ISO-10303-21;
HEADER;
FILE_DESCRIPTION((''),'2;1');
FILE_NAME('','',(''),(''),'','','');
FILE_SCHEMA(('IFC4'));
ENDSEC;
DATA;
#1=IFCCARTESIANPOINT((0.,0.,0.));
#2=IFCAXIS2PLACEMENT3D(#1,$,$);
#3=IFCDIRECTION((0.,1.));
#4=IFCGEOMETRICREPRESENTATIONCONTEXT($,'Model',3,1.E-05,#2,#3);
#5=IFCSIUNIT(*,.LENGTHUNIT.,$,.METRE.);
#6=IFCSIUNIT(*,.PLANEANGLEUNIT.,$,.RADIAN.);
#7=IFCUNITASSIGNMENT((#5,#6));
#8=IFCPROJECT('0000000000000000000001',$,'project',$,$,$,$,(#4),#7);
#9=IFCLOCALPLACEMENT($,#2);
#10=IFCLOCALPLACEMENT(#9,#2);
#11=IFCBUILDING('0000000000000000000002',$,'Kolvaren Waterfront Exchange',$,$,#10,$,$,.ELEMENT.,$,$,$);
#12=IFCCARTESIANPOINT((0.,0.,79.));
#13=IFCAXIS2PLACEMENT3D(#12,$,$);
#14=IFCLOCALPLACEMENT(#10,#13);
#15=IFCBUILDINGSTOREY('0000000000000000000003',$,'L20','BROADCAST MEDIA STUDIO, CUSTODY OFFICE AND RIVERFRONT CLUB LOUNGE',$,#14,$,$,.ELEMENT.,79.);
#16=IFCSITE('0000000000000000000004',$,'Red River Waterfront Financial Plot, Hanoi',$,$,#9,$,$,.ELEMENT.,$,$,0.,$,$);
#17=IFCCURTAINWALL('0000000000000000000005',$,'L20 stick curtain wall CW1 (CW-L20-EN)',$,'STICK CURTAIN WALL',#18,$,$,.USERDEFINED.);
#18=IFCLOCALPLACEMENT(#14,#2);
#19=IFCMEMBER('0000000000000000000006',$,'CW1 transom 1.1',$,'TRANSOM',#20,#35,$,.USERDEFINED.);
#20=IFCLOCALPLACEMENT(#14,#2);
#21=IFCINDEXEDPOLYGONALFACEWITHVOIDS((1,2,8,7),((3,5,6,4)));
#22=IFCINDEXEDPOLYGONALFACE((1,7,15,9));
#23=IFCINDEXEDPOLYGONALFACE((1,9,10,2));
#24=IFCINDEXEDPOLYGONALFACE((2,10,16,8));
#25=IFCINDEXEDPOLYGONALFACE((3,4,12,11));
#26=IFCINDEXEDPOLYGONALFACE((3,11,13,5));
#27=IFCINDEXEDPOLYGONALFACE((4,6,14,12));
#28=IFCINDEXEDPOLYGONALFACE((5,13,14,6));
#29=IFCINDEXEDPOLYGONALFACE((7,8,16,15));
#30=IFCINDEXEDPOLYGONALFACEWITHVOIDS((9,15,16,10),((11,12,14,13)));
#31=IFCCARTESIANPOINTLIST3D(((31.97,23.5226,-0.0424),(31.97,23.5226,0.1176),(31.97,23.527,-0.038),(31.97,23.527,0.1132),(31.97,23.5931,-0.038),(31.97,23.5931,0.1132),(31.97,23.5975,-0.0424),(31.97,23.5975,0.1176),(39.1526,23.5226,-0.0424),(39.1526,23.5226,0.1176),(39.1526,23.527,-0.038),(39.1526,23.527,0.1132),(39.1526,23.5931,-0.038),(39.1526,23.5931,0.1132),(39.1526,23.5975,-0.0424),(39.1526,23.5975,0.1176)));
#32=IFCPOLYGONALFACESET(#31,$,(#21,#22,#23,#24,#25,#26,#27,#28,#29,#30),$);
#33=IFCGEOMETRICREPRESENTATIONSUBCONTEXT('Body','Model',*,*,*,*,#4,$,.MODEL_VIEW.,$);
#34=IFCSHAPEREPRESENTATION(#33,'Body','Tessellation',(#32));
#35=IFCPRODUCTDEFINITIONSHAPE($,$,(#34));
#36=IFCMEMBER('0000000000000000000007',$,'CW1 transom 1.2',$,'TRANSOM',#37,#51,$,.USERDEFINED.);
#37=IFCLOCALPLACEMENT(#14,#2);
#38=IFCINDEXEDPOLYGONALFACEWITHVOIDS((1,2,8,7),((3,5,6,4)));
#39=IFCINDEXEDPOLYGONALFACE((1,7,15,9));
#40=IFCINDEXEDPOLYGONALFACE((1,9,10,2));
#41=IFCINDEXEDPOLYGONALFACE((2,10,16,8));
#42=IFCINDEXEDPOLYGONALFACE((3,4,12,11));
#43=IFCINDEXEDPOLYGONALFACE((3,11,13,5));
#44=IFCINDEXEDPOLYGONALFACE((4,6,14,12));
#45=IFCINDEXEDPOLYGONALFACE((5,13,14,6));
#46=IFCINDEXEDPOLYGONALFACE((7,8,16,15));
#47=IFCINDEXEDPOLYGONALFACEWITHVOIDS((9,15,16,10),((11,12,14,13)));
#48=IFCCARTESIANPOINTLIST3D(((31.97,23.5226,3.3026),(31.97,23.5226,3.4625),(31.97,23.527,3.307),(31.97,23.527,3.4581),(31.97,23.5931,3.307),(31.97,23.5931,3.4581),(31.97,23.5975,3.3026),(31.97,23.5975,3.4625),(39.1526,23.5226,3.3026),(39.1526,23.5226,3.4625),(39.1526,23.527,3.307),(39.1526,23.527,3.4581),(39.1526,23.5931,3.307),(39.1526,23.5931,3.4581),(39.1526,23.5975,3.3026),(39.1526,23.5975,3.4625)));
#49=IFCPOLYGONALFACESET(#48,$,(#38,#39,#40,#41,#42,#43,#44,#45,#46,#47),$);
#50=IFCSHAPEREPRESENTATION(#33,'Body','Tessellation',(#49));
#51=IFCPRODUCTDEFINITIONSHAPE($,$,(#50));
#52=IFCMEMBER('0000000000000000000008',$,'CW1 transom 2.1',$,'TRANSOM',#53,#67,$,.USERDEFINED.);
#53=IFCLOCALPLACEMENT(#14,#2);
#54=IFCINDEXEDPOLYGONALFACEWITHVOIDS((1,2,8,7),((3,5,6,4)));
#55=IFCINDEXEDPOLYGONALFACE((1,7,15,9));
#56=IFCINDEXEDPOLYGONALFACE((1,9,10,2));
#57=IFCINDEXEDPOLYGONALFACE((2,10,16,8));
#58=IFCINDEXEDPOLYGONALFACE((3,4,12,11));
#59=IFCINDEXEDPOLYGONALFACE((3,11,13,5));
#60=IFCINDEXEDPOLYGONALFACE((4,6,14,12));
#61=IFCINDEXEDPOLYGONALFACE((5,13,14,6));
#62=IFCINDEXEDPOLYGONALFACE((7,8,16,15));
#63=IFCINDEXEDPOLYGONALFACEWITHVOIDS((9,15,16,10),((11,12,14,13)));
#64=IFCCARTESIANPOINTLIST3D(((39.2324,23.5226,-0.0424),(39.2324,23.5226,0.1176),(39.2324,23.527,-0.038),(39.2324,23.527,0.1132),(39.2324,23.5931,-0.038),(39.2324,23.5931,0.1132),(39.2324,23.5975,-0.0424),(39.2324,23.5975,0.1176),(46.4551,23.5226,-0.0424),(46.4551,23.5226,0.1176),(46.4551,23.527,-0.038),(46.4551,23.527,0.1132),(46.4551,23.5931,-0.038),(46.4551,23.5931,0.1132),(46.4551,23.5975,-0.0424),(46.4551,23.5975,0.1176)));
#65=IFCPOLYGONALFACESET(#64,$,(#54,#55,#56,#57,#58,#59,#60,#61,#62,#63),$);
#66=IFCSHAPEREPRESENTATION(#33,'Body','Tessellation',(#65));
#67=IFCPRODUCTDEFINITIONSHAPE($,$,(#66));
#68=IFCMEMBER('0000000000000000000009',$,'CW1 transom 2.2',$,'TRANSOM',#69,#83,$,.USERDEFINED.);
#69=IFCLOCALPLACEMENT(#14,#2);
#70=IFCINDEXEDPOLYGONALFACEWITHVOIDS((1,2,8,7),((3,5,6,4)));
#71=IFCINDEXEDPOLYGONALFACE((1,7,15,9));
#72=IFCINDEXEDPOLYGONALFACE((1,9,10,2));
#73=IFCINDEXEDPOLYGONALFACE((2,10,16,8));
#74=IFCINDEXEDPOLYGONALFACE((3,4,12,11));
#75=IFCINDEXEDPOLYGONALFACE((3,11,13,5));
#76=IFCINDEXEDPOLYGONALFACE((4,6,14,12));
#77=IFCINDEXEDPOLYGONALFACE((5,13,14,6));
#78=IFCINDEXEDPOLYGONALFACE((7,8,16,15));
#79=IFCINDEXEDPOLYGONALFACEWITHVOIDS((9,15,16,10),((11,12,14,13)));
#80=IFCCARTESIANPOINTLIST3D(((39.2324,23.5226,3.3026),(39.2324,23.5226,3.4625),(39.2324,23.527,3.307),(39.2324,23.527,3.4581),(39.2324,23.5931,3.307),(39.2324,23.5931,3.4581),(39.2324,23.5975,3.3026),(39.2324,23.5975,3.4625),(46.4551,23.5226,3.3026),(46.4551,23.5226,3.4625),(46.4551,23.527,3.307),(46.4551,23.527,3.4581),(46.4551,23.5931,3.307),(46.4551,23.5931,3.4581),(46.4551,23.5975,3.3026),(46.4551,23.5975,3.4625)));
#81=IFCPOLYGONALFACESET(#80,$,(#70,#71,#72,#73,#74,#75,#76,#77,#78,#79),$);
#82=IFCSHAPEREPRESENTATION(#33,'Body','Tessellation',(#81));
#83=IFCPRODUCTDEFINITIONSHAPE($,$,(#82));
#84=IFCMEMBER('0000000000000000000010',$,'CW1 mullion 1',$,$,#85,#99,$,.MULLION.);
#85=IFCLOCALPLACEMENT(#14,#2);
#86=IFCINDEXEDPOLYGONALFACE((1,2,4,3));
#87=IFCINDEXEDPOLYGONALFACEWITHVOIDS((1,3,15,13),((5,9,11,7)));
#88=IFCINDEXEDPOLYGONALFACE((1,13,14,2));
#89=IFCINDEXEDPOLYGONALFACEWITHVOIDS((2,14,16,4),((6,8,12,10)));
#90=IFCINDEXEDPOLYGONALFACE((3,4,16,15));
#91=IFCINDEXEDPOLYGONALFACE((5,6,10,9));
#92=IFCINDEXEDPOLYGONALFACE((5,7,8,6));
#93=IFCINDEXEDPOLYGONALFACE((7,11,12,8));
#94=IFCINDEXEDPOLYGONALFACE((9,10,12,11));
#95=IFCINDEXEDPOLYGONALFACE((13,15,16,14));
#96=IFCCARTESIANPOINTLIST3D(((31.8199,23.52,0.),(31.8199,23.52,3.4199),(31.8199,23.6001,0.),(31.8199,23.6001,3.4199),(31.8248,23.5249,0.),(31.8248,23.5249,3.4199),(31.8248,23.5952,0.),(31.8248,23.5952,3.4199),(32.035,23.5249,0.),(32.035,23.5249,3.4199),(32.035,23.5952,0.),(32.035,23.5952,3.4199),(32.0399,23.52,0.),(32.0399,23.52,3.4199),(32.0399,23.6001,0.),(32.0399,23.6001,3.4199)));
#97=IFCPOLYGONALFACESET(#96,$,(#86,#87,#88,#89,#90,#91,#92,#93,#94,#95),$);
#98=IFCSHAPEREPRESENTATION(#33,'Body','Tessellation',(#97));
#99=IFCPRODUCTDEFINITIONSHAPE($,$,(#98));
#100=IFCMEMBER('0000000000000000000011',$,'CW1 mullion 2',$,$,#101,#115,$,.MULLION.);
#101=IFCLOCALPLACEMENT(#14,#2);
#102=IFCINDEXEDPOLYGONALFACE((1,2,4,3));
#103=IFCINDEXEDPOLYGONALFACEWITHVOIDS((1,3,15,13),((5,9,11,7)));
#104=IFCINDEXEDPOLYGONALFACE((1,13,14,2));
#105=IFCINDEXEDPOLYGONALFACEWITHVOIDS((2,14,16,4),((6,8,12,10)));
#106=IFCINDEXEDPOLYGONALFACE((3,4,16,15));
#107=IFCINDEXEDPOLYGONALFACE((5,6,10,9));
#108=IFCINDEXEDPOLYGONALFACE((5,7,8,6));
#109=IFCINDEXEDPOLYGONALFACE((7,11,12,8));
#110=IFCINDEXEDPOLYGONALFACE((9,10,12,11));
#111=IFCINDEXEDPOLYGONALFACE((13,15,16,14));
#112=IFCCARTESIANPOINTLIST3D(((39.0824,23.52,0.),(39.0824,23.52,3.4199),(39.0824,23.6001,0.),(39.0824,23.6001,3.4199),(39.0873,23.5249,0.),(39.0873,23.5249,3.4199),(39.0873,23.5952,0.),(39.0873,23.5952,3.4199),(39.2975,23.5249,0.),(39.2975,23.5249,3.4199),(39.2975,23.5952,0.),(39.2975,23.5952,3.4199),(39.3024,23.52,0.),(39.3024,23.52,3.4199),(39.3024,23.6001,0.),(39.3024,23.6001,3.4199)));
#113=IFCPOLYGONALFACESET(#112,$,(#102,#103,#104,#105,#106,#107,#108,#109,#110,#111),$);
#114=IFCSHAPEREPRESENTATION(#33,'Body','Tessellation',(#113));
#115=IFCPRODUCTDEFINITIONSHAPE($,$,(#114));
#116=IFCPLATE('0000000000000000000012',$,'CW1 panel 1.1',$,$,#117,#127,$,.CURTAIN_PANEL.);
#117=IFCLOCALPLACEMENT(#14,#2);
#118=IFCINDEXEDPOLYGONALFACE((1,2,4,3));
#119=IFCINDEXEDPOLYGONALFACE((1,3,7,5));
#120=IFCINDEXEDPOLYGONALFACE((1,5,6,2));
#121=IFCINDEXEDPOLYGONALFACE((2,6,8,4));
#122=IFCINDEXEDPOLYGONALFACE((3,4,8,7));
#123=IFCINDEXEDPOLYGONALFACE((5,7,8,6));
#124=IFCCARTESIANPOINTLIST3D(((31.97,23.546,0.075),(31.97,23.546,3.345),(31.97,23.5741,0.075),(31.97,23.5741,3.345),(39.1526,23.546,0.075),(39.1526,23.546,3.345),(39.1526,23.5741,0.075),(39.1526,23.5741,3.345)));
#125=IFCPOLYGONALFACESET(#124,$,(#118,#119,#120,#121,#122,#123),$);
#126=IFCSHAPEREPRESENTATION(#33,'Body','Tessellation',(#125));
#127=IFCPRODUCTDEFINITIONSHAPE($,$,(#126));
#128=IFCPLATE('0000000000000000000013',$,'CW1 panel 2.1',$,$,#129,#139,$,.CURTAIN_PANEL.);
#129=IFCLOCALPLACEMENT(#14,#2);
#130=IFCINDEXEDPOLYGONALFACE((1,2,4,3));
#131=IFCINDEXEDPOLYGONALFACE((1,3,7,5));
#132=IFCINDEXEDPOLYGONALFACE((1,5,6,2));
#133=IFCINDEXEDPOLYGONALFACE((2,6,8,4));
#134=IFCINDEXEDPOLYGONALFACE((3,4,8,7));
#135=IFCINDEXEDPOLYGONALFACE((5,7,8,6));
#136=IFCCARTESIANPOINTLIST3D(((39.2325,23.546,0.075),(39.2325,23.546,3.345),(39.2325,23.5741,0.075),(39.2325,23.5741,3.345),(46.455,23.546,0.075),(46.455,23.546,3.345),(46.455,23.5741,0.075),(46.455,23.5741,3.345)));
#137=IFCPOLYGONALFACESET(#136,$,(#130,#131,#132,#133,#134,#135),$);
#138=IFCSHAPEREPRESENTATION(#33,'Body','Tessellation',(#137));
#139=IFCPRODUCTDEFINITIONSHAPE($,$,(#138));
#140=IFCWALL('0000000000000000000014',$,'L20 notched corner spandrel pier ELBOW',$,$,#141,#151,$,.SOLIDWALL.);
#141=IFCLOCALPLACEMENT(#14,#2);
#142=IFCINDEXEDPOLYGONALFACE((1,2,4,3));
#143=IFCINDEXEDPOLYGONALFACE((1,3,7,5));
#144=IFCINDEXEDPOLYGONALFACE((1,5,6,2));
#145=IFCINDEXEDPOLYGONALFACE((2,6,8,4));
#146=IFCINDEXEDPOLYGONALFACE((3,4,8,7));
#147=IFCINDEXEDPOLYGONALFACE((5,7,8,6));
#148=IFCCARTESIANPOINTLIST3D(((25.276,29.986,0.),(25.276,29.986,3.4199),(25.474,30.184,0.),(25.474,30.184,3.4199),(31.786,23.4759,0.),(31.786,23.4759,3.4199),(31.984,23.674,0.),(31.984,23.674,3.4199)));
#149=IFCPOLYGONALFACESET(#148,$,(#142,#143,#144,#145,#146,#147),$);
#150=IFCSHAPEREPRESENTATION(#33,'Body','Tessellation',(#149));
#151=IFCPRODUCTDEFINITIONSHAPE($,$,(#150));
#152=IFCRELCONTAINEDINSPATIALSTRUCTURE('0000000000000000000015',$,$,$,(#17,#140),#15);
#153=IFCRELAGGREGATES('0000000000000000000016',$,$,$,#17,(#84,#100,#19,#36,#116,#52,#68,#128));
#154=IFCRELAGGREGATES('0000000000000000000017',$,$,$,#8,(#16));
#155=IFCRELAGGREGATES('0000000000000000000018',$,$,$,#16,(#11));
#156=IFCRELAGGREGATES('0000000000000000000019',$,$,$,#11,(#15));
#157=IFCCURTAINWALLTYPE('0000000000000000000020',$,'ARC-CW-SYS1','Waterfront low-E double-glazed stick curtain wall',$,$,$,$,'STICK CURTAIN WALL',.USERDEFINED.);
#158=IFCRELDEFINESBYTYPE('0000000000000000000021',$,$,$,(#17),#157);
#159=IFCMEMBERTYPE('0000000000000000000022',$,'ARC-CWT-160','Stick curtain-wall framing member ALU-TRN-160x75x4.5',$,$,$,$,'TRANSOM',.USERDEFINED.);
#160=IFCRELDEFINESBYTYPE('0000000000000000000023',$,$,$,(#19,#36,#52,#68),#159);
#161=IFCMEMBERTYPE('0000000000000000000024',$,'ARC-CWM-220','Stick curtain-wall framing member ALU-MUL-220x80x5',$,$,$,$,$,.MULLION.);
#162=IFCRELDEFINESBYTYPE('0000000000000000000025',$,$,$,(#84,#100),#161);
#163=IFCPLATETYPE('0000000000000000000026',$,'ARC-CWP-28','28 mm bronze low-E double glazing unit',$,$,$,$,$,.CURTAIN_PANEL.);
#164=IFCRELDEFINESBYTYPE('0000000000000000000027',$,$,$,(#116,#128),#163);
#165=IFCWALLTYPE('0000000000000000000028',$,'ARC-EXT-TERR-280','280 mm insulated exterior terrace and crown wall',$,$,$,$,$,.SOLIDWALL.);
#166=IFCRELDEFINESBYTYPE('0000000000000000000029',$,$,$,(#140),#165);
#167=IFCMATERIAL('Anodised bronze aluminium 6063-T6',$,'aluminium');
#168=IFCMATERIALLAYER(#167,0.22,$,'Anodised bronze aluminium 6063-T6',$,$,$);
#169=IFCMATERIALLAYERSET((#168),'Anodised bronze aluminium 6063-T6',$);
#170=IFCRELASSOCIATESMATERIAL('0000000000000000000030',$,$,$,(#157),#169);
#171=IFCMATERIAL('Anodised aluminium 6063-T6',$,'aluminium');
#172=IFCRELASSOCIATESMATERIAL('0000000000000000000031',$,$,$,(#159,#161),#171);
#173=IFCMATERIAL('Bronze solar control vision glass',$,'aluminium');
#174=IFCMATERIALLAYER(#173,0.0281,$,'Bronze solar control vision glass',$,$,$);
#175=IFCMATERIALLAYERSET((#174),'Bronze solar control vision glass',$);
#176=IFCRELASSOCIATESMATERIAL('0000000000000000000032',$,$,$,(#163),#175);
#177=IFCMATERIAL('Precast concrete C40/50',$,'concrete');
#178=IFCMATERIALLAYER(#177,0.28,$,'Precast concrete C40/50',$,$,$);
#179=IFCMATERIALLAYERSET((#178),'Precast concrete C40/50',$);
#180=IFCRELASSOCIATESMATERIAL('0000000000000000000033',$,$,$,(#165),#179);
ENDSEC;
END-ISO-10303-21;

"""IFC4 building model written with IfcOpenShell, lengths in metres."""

from ifc_helpers import new_model, si_unit, direction, frame, frame_2d, origin, origin_with_axes, origin_2d, place, context, subcontext, project, spatial, rectangle, hollow_rectangle, extrude, source, transform, mapped, material, layer, layer_set, material_profile, profile_set, type_object, element, aggregate, save


model = new_model("IFC4")

# Units and contexts
model_context = context("Model", 3, precision=1e-05, world=origin(), true_north=direction((0.0, 1.0)))
body_context = subcontext(model_context, "Body", "Model", "MODEL_VIEW")
ifc_project = project(units=[si_unit("LENGTHUNIT", "METRE"), si_unit("PLANEANGLEUNIT", "RADIAN")], contexts=[model_context])

# Site, building, storey
site_placement = place(None, origin())
site = spatial("IfcSite", under=ifc_project, at=site_placement, Name="Red River Waterfront Financial Plot, Hanoi", CompositionType="ELEMENT", RefElevation=0.0)
building_placement = place(site_placement, origin())
building = spatial("IfcBuilding", under=site, at=building_placement, Name="Kolvaren Waterfront Exchange", CompositionType="ELEMENT")
storey_placement = place(building_placement, frame((0.0, 0.0, 79.0)))
storey = spatial("IfcBuildingStorey", under=building, at=storey_placement, Name="L20", Description="BROADCAST MEDIA STUDIO, CUSTODY OFFICE AND RIVERFRONT CLUB LOUNGE", CompositionType="ELEMENT", Elevation=79.0)

# Curtain wall, members, plates
ifc_material_1 = material(Name="Anodised bronze aluminium 6063-T6", Category="aluminium")
ifc_layer_1 = layer(ifc_material_1, 0.22, Name="Anodised bronze aluminium 6063-T6")
ifc_layer_set_1 = layer_set([ifc_layer_1], Name="Anodised bronze aluminium 6063-T6")
curtain_wall_type = type_object("IfcCurtainWallType", Name="ARC-CW-SYS1", Description="Waterfront low-E double-glazed stick curtain wall", ElementType="STICK CURTAIN WALL", PredefinedType="USERDEFINED", material=ifc_layer_set_1)
curtain_wall_placement = place(storey_placement, origin())
curtain_wall = element("IfcCurtainWall", 1, at=curtain_wall_placement, inside=storey, type_object=curtain_wall_type, Name="L20 stick curtain wall CW1 (CW-L20-EN)", ObjectType="STICK CURTAIN WALL", PredefinedType="USERDEFINED")
ifc_material_2 = material(Name="Anodised aluminium 6063-T6", Category="aluminium")
ifc_material_profile_1 = material_profile(ifc_material_2, hollow_rectangle(XDim=0.075, YDim=0.1599, WallThickness=0.0044, at=origin_2d()), Name="ALU-TRN-160x75x4.5")
ifc_profile_set_1 = profile_set([ifc_material_profile_1], Name="Anodised aluminium 6063-T6")
member_type_1 = type_object("IfcMemberType", Name="ARC-CWT-160", Description="Stick curtain-wall framing member ALU-TRN-160x75x4.5", ElementType="TRANSOM", PredefinedType="USERDEFINED", material=ifc_profile_set_1)
shared_shape_1 = source(origin_with_axes(), body_context, "Body", "SweptSolid", [
    extrude(hollow_rectangle(XDim=0.075, YDim=0.1599, WallThickness=0.0044, at=origin_2d()), origin(), (0.0, 0.0, 1.0), 7.1826),
])
member_1_placement = place(storey_placement, frame((31.97, 23.5601, 0.0376), z_axis=(1.0, 0.0, 0.0), x_axis=(0.0, 1.0, 0.0)))
member_1 = element("IfcMember", 2, at=member_1_placement, type_object=member_type_1, Name="CW1 transom 1.1", ObjectType="TRANSOM", PredefinedType="USERDEFINED", context=body_context, shape_type="MappedRepresentation", body=[
    mapped(shared_shape_1, transform((0.0, 0.0, 0.0), x_axis=(1.0, 0.0, 0.0), y_axis=(0.0, 1.0, 0.0), z_axis=(0.0, 0.0, 1.0), scale=1.0)),
])
member_2_placement = place(storey_placement, frame((31.97, 23.5601, 3.3826), z_axis=(1.0, 0.0, 0.0), x_axis=(0.0, 1.0, 0.0)))
member_2 = element("IfcMember", 3, at=member_2_placement, type_object=member_type_1, Name="CW1 transom 1.2", ObjectType="TRANSOM", PredefinedType="USERDEFINED", context=body_context, shape_type="MappedRepresentation", body=[
    mapped(shared_shape_1, transform((0.0, 0.0, 0.0), x_axis=(1.0, 0.0, 0.0), y_axis=(0.0, 1.0, 0.0), z_axis=(0.0, 0.0, 1.0), scale=1.0)),
])
shared_shape_2 = source(origin_with_axes(), body_context, "Body", "SweptSolid", [
    extrude(hollow_rectangle(XDim=0.075, YDim=0.1599, WallThickness=0.0044, at=origin_2d()), origin(), (0.0, 0.0, 1.0), 7.2227),
])
member_3_placement = place(storey_placement, frame((39.2324, 23.5601, 0.0376), z_axis=(1.0, 0.0, 0.0), x_axis=(0.0, 1.0, 0.0)))
member_3 = element("IfcMember", 4, at=member_3_placement, type_object=member_type_1, Name="CW1 transom 2.1", ObjectType="TRANSOM", PredefinedType="USERDEFINED", context=body_context, shape_type="MappedRepresentation", body=[
    mapped(shared_shape_2, transform((0.0, 0.0, 0.0), x_axis=(1.0, 0.0, 0.0), y_axis=(0.0, 1.0, 0.0), z_axis=(0.0, 0.0, 1.0), scale=1.0)),
])
member_4_placement = place(storey_placement, frame((39.2324, 23.5601, 3.3826), z_axis=(1.0, 0.0, 0.0), x_axis=(0.0, 1.0, 0.0)))
member_4 = element("IfcMember", 5, at=member_4_placement, type_object=member_type_1, Name="CW1 transom 2.2", ObjectType="TRANSOM", PredefinedType="USERDEFINED", context=body_context, shape_type="MappedRepresentation", body=[
    mapped(shared_shape_2, transform((0.0, 0.0, 0.0), x_axis=(1.0, 0.0, 0.0), y_axis=(0.0, 1.0, 0.0), z_axis=(0.0, 0.0, 1.0), scale=1.0)),
])
ifc_material_profile_2 = material_profile(ifc_material_2, hollow_rectangle(XDim=0.0801, YDim=0.22, WallThickness=0.0049, at=origin_2d()), Name="ALU-MUL-220x80x5")
ifc_profile_set_2 = profile_set([ifc_material_profile_2], Name="Anodised aluminium 6063-T6")
member_type_2 = type_object("IfcMemberType", Name="ARC-CWM-220", Description="Stick curtain-wall framing member ALU-MUL-220x80x5", PredefinedType="MULLION", material=ifc_profile_set_2)
shared_shape_3 = source(origin_with_axes(), body_context, "Body", "SweptSolid", [
    extrude(hollow_rectangle(XDim=0.0801, YDim=0.22, WallThickness=0.0049, at=origin_2d()), origin(), (0.0, 0.0, 1.0), 3.4199),
])
member_5_placement = place(storey_placement, frame((31.9299, 23.5601, 0.0), z_axis=(0.0, 0.0, 1.0), x_axis=(0.0, 1.0, 0.0)))
member_5 = element("IfcMember", 6, at=member_5_placement, type_object=member_type_2, Name="CW1 mullion 1", PredefinedType="MULLION", context=body_context, shape_type="MappedRepresentation", body=[
    mapped(shared_shape_3, transform((0.0, 0.0, 0.0), x_axis=(1.0, 0.0, 0.0), y_axis=(0.0, 1.0, 0.0), z_axis=(0.0, 0.0, 1.0), scale=1.0)),
])
member_6_placement = place(storey_placement, frame((39.1924, 23.5601, 0.0), z_axis=(0.0, 0.0, 1.0), x_axis=(0.0, 1.0, 0.0)))
member_6 = element("IfcMember", 7, at=member_6_placement, type_object=member_type_2, Name="CW1 mullion 2", PredefinedType="MULLION", context=body_context, shape_type="MappedRepresentation", body=[
    mapped(shared_shape_3, transform((0.0, 0.0, 0.0), x_axis=(1.0, 0.0, 0.0), y_axis=(0.0, 1.0, 0.0), z_axis=(0.0, 0.0, 1.0), scale=1.0)),
])
ifc_material_3 = material(Name="Bronze solar control vision glass", Category="aluminium")
ifc_layer_2 = layer(ifc_material_3, 0.0281, Name="Bronze solar control vision glass")
ifc_layer_set_2 = layer_set([ifc_layer_2], Name="Bronze solar control vision glass")
plate_type = type_object("IfcPlateType", Name="ARC-CWP-28", Description="28 mm bronze low-E double glazing unit", PredefinedType="CURTAIN_PANEL", material=ifc_layer_set_2)
shared_shape_4 = source(origin_with_axes(), body_context, "Body", "SweptSolid", [
    extrude(rectangle(XDim=7.1826, YDim=0.0281, at=origin_2d()), origin(), (0.0, 0.0, 1.0), 3.27),
])
plate_1_placement = place(storey_placement, frame((35.5613, 23.5601, 0.075), z_axis=(0.0, 0.0, 1.0), x_axis=(1.0, 0.0, 0.0)))
plate_1 = element("IfcPlate", 8, at=plate_1_placement, type_object=plate_type, Name="CW1 panel 1.1", PredefinedType="CURTAIN_PANEL", context=body_context, shape_type="MappedRepresentation", body=[
    mapped(shared_shape_4, transform((0.0, 0.0, 0.0), x_axis=(1.0, 0.0, 0.0), y_axis=(0.0, 1.0, 0.0), z_axis=(0.0, 0.0, 1.0), scale=1.0)),
])
shared_shape_5 = source(origin_with_axes(), body_context, "Body", "SweptSolid", [
    extrude(rectangle(XDim=7.2224, YDim=0.0281, at=origin_2d()), origin(), (0.0, 0.0, 1.0), 3.27),
])
plate_2_placement = place(storey_placement, frame((42.8438, 23.5601, 0.075), z_axis=(0.0, 0.0, 1.0), x_axis=(1.0, 0.0, 0.0)))
plate_2 = element("IfcPlate", 9, at=plate_2_placement, type_object=plate_type, Name="CW1 panel 2.1", PredefinedType="CURTAIN_PANEL", context=body_context, shape_type="MappedRepresentation", body=[
    mapped(shared_shape_5, transform((0.0, 0.0, 0.0), x_axis=(1.0, 0.0, 0.0), y_axis=(0.0, 1.0, 0.0), z_axis=(0.0, 0.0, 1.0), scale=1.0)),
])
aggregate(curtain_wall, [member_5, member_6, member_1, member_2, plate_1, member_3, member_4, plate_2])

# Wall
ifc_material_4 = material(Name="Precast concrete C40/50", Category="concrete")
ifc_layer_3 = layer(ifc_material_4, 0.28, Name="Precast concrete C40/50")
ifc_layer_set_3 = layer_set([ifc_layer_3], Name="Precast concrete C40/50")
wall_type_1 = type_object("IfcWallType", Name="ARC-EXT-TERR-280", Description="280 mm insulated exterior terrace and crown wall", PredefinedType="SOLIDWALL", material=ifc_layer_set_3)
wall_1_placement = place(storey_placement, frame((31.885, 23.575, 0.0), z_axis=(0.0, 0.0, 1.0), x_axis=(-0.707107, 0.707107, 0.0)))
element("IfcWall", 10, at=wall_1_placement, inside=storey, type_object=wall_type_1, Name="L20 notched corner spandrel pier ELBOW", PredefinedType="SOLIDWALL", context=body_context, shape_type="SweptSolid", body=[
    extrude(rectangle(XDim=9.2065, YDim=0.28, at=frame_2d((4.6033, 0.0))), origin(), (0.0, 0.0, 1.0), 3.4199),
])

save(model, "model.ifc")
